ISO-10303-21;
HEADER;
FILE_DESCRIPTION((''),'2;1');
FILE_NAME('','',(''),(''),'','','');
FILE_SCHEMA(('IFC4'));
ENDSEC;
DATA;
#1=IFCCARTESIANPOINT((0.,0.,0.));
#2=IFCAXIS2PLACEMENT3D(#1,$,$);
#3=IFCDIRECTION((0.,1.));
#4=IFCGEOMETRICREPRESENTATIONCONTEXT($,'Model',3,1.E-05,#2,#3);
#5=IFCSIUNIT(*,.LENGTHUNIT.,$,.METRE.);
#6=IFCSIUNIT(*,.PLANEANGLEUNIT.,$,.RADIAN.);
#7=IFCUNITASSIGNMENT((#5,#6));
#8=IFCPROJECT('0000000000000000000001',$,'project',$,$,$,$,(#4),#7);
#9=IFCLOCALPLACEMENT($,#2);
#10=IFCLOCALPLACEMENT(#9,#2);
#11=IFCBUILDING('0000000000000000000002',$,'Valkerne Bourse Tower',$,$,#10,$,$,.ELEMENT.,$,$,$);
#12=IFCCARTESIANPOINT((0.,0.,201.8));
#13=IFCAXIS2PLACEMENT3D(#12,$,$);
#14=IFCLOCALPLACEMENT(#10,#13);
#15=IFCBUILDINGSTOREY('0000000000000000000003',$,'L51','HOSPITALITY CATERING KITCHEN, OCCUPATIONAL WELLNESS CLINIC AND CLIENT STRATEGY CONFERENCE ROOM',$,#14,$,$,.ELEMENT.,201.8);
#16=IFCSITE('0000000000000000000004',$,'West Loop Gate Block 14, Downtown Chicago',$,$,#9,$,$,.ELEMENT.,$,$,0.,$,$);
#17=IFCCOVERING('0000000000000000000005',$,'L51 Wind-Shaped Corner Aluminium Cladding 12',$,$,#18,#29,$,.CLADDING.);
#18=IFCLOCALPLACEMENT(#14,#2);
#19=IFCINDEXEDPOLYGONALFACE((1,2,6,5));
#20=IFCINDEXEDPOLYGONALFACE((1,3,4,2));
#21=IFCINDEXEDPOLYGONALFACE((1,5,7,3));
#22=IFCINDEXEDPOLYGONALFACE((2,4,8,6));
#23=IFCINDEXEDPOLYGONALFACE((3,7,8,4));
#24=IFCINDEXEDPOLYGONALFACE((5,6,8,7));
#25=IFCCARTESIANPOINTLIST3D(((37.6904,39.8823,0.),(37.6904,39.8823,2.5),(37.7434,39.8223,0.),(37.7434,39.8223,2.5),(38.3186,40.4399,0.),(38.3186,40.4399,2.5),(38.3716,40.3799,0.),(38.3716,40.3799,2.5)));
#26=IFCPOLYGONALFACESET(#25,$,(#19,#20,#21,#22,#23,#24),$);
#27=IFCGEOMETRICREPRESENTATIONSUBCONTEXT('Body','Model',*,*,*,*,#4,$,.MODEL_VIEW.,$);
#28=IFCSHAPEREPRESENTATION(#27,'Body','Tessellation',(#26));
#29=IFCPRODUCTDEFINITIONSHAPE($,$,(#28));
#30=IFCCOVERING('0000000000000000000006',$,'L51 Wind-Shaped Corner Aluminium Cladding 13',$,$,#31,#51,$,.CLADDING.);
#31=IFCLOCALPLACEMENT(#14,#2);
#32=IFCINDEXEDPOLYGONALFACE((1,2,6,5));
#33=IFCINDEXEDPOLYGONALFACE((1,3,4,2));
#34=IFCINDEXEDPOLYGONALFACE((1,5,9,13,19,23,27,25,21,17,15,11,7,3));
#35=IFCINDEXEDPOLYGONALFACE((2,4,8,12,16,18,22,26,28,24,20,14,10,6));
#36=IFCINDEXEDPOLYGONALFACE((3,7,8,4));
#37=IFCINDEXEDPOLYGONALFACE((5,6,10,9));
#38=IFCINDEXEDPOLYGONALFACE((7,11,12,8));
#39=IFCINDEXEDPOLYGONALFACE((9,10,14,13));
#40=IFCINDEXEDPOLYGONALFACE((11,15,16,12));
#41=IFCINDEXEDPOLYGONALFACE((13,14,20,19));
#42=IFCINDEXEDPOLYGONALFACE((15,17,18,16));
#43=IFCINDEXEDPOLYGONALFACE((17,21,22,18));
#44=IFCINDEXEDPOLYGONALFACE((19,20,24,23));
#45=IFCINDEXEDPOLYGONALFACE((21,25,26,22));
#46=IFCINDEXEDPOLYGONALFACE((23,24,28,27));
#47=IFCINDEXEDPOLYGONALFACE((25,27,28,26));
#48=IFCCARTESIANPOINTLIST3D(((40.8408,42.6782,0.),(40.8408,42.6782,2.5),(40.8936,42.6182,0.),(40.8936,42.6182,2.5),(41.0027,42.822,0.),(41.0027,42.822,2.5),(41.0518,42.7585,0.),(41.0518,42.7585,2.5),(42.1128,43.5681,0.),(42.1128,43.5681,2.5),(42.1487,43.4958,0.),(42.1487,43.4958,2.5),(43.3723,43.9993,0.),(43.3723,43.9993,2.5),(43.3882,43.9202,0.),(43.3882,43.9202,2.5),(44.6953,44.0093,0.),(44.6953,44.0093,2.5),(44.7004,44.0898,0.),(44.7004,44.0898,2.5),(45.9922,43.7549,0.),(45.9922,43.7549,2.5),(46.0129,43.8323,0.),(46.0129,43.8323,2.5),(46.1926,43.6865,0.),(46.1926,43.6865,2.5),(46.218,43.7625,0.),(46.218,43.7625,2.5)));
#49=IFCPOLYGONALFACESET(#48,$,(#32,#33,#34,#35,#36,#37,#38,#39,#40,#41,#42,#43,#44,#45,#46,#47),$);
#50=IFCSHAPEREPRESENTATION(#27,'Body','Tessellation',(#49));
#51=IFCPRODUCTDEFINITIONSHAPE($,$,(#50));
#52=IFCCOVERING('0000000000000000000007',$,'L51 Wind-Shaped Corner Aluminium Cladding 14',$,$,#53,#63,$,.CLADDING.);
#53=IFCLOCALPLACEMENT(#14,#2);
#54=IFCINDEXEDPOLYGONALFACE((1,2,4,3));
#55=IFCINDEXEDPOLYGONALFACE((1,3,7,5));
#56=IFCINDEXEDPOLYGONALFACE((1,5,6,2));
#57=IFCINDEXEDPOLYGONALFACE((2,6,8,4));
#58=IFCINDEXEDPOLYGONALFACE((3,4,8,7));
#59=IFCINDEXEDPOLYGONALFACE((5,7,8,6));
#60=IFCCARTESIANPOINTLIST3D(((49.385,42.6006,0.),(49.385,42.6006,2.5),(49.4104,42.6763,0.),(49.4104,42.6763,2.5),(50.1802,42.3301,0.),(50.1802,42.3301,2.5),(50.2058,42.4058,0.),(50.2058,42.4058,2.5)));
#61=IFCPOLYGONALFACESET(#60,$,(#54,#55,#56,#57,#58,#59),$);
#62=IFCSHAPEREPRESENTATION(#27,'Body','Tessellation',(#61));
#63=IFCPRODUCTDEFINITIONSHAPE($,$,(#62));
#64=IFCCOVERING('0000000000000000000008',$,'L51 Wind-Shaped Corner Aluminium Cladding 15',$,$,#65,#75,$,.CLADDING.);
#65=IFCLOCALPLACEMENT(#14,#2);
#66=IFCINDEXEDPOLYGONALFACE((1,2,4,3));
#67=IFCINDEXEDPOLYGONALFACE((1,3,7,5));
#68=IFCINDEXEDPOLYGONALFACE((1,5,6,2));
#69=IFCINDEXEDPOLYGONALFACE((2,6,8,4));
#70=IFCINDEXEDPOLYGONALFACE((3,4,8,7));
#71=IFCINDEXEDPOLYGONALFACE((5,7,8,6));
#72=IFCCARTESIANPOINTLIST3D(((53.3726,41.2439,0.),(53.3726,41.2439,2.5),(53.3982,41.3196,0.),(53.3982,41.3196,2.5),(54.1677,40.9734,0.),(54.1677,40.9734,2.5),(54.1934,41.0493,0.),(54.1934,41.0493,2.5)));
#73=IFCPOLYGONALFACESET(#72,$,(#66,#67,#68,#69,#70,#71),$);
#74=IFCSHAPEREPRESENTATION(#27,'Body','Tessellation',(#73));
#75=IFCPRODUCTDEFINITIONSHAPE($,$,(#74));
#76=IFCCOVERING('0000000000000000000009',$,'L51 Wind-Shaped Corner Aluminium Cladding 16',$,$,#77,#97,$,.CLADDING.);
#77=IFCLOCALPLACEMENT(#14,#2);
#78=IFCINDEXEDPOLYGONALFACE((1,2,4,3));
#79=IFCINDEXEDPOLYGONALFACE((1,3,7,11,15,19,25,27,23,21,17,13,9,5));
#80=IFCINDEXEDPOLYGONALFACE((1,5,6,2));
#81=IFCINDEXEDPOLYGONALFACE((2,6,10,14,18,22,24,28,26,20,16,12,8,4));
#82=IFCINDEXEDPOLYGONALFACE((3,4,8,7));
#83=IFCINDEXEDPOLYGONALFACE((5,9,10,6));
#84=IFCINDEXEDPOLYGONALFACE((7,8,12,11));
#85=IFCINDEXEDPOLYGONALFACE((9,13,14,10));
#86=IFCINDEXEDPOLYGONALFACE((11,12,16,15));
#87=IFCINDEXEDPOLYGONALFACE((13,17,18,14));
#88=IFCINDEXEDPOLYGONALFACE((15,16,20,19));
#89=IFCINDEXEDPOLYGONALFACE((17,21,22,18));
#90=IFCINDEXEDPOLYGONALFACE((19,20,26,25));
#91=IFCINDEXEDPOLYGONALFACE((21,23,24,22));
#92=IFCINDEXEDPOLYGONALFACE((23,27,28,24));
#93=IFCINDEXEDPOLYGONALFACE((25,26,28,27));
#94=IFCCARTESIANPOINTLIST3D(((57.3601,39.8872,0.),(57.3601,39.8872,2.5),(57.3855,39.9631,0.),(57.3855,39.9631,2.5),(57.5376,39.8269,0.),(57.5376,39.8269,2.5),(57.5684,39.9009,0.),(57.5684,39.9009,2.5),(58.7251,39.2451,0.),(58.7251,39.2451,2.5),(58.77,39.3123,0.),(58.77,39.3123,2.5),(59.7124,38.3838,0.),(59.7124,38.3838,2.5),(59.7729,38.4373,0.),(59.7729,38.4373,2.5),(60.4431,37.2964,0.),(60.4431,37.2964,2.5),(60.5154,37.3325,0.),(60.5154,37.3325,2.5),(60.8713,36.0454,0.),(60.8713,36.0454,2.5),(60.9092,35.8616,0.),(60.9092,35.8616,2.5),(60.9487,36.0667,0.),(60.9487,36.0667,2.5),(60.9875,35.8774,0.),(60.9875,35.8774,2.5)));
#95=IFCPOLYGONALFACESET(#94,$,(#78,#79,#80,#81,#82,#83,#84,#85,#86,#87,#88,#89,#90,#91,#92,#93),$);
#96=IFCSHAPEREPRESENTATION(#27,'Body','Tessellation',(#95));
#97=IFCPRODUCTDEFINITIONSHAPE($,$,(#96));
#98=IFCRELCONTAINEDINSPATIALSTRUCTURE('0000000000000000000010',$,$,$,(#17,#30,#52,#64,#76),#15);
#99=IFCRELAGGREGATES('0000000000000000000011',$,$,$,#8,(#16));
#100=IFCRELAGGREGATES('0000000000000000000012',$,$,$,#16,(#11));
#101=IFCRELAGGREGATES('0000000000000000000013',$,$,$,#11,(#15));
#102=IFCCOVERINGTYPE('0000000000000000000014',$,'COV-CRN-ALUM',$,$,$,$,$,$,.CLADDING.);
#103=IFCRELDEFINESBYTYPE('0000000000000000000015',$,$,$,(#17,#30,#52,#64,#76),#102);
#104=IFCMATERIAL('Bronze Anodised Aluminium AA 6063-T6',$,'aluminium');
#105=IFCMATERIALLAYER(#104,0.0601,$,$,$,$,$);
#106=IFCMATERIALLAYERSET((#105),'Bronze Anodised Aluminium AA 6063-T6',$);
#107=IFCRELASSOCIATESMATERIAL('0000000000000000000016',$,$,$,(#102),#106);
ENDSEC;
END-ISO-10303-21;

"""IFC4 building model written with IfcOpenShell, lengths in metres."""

from ifc_helpers import new_model, si_unit, direction, frame, origin, place, context, subcontext, project, spatial, polyline, outline, extrude, material, layer, layer_set, type_object, element, save


model = new_model("IFC4")

# Units and contexts
model_context = context("Model", 3, precision=1e-05, world=origin(), true_north=direction((0.0, 1.0)))
body_context = subcontext(model_context, "Body", "Model", "MODEL_VIEW")
ifc_project = project(units=[si_unit("LENGTHUNIT", "METRE"), si_unit("PLANEANGLEUNIT", "RADIAN")], contexts=[model_context])

# Site, building, storey
site_placement = place(None, origin())
site = spatial("IfcSite", under=ifc_project, at=site_placement, Name="West Loop Gate Block 14, Downtown Chicago", CompositionType="ELEMENT", RefElevation=0.0)
building_placement = place(site_placement, origin())
building = spatial("IfcBuilding", under=site, at=building_placement, Name="Valkerne Bourse Tower", CompositionType="ELEMENT")
storey_placement = place(building_placement, frame((0.0, 0.0, 201.8)))
storey = spatial("IfcBuildingStorey", under=building, at=storey_placement, Name="L51", Description="HOSPITALITY CATERING KITCHEN, OCCUPATIONAL WELLNESS CLINIC AND CLIENT STRATEGY CONFERENCE ROOM", CompositionType="ELEMENT", Elevation=201.8)

# Coverings
ifc_material_1 = material(Name="Bronze Anodised Aluminium AA 6063-T6", Category="aluminium")
ifc_layer_1 = layer(ifc_material_1, 0.0601)
ifc_layer_set_1 = layer_set([ifc_layer_1], Name="Bronze Anodised Aluminium AA 6063-T6")
covering_type = type_object("IfcCoveringType", Name="COV-CRN-ALUM", PredefinedType="CLADDING", material=ifc_layer_set_1)
covering_1_placement = place(storey_placement, origin())
element("IfcCovering", 1, at=covering_1_placement, inside=storey, type_object=covering_type, Name="L51 Wind-Shaped Corner Aluminium Cladding 12", PredefinedType="CLADDING", context=body_context, shape_type="SweptSolid", body=[
    extrude(outline(polyline([(38.3186, 40.4399), (38.3716, 40.3799), (37.7434, 39.8223), (37.6904, 39.8823), (38.3186, 40.4399)])), origin(), (0.0, 0.0, 1.0), 2.5),
])
covering_2_placement = place(storey_placement, origin())
element("IfcCovering", 2, at=covering_2_placement, inside=storey, type_object=covering_type, Name="L51 Wind-Shaped Corner Aluminium Cladding 13", PredefinedType="CLADDING", context=body_context, shape_type="SweptSolid", body=[
    extrude(outline(polyline([(41.0027, 42.822), (42.1128, 43.5681), (43.3723, 43.9993), (44.7004, 44.0898), (46.0129, 43.8323), (46.218, 43.7625), (46.1926, 43.6865), (45.9922, 43.7549), (44.6953, 44.0093), (43.3882, 43.9202), (42.1487, 43.4958), (41.0518, 42.7585), (40.8936, 42.6182), (40.8408, 42.6782), (41.0027, 42.822)])), origin(), (0.0, 0.0, 1.0), 2.5),
])
covering_3_placement = place(storey_placement, origin())
element("IfcCovering", 3, at=covering_3_placement, inside=storey, type_object=covering_type, Name="L51 Wind-Shaped Corner Aluminium Cladding 14", PredefinedType="CLADDING", context=body_context, shape_type="SweptSolid", body=[
    extrude(outline(polyline([(50.2058, 42.4058), (50.1802, 42.3301), (49.385, 42.6006), (49.4104, 42.6763), (50.2058, 42.4058)])), origin(), (0.0, 0.0, 1.0), 2.5),
])
covering_4_placement = place(storey_placement, origin())
element("IfcCovering", 4, at=covering_4_placement, inside=storey, type_object=covering_type, Name="L51 Wind-Shaped Corner Aluminium Cladding 15", PredefinedType="CLADDING", context=body_context, shape_type="SweptSolid", body=[
    extrude(outline(polyline([(54.1934, 41.0493), (54.1677, 40.9734), (53.3726, 41.2439), (53.3982, 41.3196), (54.1934, 41.0493)])), origin(), (0.0, 0.0, 1.0), 2.5),
])
covering_5_placement = place(storey_placement, origin())
element("IfcCovering", 5, at=covering_5_placement, inside=storey, type_object=covering_type, Name="L51 Wind-Shaped Corner Aluminium Cladding 16", PredefinedType="CLADDING", context=body_context, shape_type="SweptSolid", body=[
    extrude(outline(polyline([(57.5684, 39.9009), (58.77, 39.3123), (59.7729, 38.4373), (60.5154, 37.3325), (60.9487, 36.0667), (60.9875, 35.8774), (60.9092, 35.8616), (60.8713, 36.0454), (60.4431, 37.2964), (59.7124, 38.3838), (58.7251, 39.2451), (57.5376, 39.8269), (57.3601, 39.8872), (57.3855, 39.9631), (57.5684, 39.9009)])), origin(), (0.0, 0.0, 1.0), 2.5),
])

save(model, "model.ifc")
